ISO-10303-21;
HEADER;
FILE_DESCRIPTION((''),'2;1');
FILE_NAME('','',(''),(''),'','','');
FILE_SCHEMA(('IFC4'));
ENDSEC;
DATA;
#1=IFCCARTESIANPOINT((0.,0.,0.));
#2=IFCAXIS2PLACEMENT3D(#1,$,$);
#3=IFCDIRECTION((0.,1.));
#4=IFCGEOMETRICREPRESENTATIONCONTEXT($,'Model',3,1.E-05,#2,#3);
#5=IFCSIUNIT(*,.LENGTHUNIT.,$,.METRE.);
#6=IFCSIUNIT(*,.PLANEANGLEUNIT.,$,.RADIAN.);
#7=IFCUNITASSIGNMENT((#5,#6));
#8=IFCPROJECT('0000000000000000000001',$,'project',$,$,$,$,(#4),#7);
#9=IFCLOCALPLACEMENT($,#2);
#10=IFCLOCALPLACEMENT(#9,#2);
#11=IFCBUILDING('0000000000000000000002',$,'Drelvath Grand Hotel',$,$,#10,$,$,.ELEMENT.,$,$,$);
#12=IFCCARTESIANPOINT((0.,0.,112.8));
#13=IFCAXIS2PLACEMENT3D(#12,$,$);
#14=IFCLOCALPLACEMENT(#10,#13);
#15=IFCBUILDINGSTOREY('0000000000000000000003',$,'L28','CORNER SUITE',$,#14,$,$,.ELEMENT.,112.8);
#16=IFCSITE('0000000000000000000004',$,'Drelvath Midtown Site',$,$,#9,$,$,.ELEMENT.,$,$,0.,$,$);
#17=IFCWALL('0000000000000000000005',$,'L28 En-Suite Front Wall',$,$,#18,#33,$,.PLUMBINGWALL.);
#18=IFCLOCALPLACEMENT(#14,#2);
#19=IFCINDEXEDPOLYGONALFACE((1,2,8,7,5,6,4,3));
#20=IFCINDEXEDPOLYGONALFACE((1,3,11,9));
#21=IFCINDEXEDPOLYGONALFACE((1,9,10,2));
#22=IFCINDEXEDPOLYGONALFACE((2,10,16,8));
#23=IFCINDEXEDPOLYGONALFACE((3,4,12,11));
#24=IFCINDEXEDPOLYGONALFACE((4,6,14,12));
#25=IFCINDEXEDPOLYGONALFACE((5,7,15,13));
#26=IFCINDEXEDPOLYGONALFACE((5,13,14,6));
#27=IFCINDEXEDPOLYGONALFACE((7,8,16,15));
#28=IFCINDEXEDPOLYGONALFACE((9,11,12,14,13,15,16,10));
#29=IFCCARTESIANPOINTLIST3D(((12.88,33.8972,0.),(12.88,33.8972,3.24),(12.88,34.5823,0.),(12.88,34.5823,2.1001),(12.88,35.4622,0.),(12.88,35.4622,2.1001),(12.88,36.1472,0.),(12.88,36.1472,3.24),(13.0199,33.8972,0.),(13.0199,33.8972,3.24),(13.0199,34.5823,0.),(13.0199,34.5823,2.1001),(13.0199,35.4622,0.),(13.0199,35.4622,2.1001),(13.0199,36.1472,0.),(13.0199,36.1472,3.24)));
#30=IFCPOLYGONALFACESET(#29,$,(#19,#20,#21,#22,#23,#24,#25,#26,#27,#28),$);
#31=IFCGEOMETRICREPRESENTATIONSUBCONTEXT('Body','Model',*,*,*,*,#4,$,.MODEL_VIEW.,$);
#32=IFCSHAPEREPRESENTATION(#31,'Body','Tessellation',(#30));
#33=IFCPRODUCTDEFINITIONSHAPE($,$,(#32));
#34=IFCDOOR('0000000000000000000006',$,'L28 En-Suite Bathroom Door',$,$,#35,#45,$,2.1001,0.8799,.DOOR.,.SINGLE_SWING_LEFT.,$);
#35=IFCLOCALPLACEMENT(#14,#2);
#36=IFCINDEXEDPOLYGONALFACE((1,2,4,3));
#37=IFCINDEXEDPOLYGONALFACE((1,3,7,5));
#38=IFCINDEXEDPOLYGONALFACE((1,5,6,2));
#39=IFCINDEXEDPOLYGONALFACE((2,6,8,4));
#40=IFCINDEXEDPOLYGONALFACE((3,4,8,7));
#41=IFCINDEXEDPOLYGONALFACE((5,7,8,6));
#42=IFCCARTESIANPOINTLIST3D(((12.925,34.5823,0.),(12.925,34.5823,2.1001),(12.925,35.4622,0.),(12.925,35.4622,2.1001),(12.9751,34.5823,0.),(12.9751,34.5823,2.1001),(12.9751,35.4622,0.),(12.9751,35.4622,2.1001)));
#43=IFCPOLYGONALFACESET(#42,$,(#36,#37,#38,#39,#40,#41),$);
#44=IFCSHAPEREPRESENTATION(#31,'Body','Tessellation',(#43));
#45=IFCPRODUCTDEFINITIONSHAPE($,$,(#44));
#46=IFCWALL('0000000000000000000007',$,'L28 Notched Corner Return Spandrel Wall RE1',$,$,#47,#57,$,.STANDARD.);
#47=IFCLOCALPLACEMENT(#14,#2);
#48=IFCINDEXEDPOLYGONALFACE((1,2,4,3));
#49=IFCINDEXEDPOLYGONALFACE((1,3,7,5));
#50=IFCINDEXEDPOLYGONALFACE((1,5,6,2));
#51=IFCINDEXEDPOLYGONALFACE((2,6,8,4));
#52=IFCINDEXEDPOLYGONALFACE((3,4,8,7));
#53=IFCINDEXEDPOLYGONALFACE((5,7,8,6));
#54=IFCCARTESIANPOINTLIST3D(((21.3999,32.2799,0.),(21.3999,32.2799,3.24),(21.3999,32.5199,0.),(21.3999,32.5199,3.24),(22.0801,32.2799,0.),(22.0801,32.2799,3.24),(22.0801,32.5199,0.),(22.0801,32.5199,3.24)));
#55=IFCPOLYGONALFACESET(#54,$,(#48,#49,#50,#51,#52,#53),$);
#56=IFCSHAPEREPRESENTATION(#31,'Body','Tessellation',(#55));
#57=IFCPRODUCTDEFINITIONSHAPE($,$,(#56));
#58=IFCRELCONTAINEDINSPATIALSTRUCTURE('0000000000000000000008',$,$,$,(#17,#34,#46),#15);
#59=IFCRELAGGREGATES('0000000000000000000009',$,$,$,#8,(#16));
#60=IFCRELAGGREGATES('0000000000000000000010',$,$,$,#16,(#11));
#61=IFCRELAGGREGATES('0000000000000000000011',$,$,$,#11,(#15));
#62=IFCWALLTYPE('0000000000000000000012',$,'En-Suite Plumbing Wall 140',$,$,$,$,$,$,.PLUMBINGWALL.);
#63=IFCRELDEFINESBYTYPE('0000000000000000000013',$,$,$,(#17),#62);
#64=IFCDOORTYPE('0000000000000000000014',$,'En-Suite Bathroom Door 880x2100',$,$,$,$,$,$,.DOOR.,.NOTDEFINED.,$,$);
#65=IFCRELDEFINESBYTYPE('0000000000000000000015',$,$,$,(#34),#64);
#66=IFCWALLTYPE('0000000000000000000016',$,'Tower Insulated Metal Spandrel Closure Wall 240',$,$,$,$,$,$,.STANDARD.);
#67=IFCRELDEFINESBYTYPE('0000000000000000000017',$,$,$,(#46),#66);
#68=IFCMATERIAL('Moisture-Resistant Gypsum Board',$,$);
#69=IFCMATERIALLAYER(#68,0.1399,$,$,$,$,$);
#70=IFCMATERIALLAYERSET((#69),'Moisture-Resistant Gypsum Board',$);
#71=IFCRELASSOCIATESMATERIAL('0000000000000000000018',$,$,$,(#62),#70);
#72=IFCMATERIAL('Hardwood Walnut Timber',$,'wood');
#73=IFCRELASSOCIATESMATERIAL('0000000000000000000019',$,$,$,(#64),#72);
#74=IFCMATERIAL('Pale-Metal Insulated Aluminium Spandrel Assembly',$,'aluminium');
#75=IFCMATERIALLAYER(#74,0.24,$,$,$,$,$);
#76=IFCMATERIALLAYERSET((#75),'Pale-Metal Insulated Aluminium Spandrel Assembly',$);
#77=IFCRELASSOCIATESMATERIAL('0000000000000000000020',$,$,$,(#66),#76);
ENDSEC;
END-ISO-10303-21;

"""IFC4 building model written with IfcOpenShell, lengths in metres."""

from ifc_helpers import new_model, si_unit, direction, frame, frame_2d, origin, place, context, subcontext, project, spatial, rectangle, extrude, material, layer, layer_set, type_object, element, fill, save


model = new_model("IFC4")

# Units and contexts
model_context = context("Model", 3, precision=1e-05, world=origin(), true_north=direction((0.0, 1.0)))
body_context = subcontext(model_context, "Body", "Model", "MODEL_VIEW")
ifc_project = project(units=[si_unit("LENGTHUNIT", "METRE"), si_unit("PLANEANGLEUNIT", "RADIAN")], contexts=[model_context])

# Site, building, storey
site_placement = place(None, origin())
site = spatial("IfcSite", under=ifc_project, at=site_placement, Name="Drelvath Midtown Site", CompositionType="ELEMENT", RefElevation=0.0)
building_placement = place(site_placement, origin())
building = spatial("IfcBuilding", under=site, at=building_placement, Name="Drelvath Grand Hotel", CompositionType="ELEMENT")
storey_placement = place(building_placement, frame((0.0, 0.0, 112.8)))
storey = spatial("IfcBuildingStorey", under=building, at=storey_placement, Name="L28", Description="CORNER SUITE", CompositionType="ELEMENT", Elevation=112.8)

# Wall, opening, door
ifc_material_1 = material(Name="Moisture-Resistant Gypsum Board")
ifc_layer_1 = layer(ifc_material_1, 0.1399)
ifc_layer_set_1 = layer_set([ifc_layer_1], Name="Moisture-Resistant Gypsum Board")
wall_type_1 = type_object("IfcWallType", Name="En-Suite Plumbing Wall 140", PredefinedType="PLUMBINGWALL", material=ifc_layer_set_1)
wall_1_placement = place(storey_placement, frame((12.95, 33.8972, 0.0), z_axis=(0.0, 0.0, 1.0), x_axis=(0.0, 1.0, 0.0)))
wall_1 = element("IfcWall", 1, at=wall_1_placement, inside=storey, type_object=wall_type_1, Name="L28 En-Suite Front Wall", PredefinedType="PLUMBINGWALL", context=body_context, shape_type="SweptSolid", body=[
    extrude(rectangle(XDim=2.25, YDim=0.1399, at=frame_2d((1.125, 0.0))), origin(), (0.0, 0.0, 1.0), 3.24),
])
opening_placement = place(wall_1_placement, frame((0.6851, 0.0, 0.0)))
opening = element("IfcOpeningElement", 2, at=opening_placement, cuts=wall_1, PredefinedType="OPENING", context=body_context, shape_type="SweptSolid", body=[
    extrude(rectangle(XDim=0.8799, YDim=2.1001, at=frame_2d((0.4399, 1.05))), frame((0.0, 0.0798, 0.0), z_axis=(0.0, -1.0, 0.0), x_axis=(1.0, 0.0, 0.0)), (0.0, 0.0, 1.0), 0.1599),
])
ifc_material_2 = material(Name="Hardwood Walnut Timber", Category="wood")
door_type = type_object("IfcDoorType", Name="En-Suite Bathroom Door 880x2100", OperationType="NOTDEFINED", PredefinedType="DOOR", material=ifc_material_2)
door_placement = place(opening_placement, origin())
door = element("IfcDoor", 3, at=door_placement, inside=storey, type_object=door_type, Name="L28 En-Suite Bathroom Door", OperationType="SINGLE_SWING_LEFT", OverallHeight=2.1001, OverallWidth=0.8799, PredefinedType="DOOR", context=body_context, shape_type="SweptSolid", body=[
    extrude(rectangle(XDim=0.8799, YDim=2.1001, at=frame_2d((0.4399, 1.05))), frame((0.0, 0.0249, 0.0), z_axis=(0.0, -1.0, 0.0), x_axis=(1.0, 0.0, 0.0)), (0.0, 0.0, 1.0), 0.05),
])
fill(opening, door)

# Wall
ifc_material_3 = material(Name="Pale-Metal Insulated Aluminium Spandrel Assembly", Category="aluminium")
ifc_layer_2 = layer(ifc_material_3, 0.24)
ifc_layer_set_2 = layer_set([ifc_layer_2], Name="Pale-Metal Insulated Aluminium Spandrel Assembly")
wall_type_2 = type_object("IfcWallType", Name="Tower Insulated Metal Spandrel Closure Wall 240", PredefinedType="STANDARD", material=ifc_layer_set_2)
wall_2_placement = place(storey_placement, frame((22.0801, 32.3999, 0.0), z_axis=(0.0, 0.0, 1.0), x_axis=(-1.0, 0.0, 0.0)))
element("IfcWall", 4, at=wall_2_placement, inside=storey, type_object=wall_type_2, Name="L28 Notched Corner Return Spandrel Wall RE1", PredefinedType="STANDARD", context=body_context, shape_type="SweptSolid", body=[
    extrude(rectangle(XDim=0.6802, YDim=0.24, at=frame_2d((0.3401, 0.0))), origin(), (0.0, 0.0, 1.0), 3.24),
])

save(model, "model.ifc")
